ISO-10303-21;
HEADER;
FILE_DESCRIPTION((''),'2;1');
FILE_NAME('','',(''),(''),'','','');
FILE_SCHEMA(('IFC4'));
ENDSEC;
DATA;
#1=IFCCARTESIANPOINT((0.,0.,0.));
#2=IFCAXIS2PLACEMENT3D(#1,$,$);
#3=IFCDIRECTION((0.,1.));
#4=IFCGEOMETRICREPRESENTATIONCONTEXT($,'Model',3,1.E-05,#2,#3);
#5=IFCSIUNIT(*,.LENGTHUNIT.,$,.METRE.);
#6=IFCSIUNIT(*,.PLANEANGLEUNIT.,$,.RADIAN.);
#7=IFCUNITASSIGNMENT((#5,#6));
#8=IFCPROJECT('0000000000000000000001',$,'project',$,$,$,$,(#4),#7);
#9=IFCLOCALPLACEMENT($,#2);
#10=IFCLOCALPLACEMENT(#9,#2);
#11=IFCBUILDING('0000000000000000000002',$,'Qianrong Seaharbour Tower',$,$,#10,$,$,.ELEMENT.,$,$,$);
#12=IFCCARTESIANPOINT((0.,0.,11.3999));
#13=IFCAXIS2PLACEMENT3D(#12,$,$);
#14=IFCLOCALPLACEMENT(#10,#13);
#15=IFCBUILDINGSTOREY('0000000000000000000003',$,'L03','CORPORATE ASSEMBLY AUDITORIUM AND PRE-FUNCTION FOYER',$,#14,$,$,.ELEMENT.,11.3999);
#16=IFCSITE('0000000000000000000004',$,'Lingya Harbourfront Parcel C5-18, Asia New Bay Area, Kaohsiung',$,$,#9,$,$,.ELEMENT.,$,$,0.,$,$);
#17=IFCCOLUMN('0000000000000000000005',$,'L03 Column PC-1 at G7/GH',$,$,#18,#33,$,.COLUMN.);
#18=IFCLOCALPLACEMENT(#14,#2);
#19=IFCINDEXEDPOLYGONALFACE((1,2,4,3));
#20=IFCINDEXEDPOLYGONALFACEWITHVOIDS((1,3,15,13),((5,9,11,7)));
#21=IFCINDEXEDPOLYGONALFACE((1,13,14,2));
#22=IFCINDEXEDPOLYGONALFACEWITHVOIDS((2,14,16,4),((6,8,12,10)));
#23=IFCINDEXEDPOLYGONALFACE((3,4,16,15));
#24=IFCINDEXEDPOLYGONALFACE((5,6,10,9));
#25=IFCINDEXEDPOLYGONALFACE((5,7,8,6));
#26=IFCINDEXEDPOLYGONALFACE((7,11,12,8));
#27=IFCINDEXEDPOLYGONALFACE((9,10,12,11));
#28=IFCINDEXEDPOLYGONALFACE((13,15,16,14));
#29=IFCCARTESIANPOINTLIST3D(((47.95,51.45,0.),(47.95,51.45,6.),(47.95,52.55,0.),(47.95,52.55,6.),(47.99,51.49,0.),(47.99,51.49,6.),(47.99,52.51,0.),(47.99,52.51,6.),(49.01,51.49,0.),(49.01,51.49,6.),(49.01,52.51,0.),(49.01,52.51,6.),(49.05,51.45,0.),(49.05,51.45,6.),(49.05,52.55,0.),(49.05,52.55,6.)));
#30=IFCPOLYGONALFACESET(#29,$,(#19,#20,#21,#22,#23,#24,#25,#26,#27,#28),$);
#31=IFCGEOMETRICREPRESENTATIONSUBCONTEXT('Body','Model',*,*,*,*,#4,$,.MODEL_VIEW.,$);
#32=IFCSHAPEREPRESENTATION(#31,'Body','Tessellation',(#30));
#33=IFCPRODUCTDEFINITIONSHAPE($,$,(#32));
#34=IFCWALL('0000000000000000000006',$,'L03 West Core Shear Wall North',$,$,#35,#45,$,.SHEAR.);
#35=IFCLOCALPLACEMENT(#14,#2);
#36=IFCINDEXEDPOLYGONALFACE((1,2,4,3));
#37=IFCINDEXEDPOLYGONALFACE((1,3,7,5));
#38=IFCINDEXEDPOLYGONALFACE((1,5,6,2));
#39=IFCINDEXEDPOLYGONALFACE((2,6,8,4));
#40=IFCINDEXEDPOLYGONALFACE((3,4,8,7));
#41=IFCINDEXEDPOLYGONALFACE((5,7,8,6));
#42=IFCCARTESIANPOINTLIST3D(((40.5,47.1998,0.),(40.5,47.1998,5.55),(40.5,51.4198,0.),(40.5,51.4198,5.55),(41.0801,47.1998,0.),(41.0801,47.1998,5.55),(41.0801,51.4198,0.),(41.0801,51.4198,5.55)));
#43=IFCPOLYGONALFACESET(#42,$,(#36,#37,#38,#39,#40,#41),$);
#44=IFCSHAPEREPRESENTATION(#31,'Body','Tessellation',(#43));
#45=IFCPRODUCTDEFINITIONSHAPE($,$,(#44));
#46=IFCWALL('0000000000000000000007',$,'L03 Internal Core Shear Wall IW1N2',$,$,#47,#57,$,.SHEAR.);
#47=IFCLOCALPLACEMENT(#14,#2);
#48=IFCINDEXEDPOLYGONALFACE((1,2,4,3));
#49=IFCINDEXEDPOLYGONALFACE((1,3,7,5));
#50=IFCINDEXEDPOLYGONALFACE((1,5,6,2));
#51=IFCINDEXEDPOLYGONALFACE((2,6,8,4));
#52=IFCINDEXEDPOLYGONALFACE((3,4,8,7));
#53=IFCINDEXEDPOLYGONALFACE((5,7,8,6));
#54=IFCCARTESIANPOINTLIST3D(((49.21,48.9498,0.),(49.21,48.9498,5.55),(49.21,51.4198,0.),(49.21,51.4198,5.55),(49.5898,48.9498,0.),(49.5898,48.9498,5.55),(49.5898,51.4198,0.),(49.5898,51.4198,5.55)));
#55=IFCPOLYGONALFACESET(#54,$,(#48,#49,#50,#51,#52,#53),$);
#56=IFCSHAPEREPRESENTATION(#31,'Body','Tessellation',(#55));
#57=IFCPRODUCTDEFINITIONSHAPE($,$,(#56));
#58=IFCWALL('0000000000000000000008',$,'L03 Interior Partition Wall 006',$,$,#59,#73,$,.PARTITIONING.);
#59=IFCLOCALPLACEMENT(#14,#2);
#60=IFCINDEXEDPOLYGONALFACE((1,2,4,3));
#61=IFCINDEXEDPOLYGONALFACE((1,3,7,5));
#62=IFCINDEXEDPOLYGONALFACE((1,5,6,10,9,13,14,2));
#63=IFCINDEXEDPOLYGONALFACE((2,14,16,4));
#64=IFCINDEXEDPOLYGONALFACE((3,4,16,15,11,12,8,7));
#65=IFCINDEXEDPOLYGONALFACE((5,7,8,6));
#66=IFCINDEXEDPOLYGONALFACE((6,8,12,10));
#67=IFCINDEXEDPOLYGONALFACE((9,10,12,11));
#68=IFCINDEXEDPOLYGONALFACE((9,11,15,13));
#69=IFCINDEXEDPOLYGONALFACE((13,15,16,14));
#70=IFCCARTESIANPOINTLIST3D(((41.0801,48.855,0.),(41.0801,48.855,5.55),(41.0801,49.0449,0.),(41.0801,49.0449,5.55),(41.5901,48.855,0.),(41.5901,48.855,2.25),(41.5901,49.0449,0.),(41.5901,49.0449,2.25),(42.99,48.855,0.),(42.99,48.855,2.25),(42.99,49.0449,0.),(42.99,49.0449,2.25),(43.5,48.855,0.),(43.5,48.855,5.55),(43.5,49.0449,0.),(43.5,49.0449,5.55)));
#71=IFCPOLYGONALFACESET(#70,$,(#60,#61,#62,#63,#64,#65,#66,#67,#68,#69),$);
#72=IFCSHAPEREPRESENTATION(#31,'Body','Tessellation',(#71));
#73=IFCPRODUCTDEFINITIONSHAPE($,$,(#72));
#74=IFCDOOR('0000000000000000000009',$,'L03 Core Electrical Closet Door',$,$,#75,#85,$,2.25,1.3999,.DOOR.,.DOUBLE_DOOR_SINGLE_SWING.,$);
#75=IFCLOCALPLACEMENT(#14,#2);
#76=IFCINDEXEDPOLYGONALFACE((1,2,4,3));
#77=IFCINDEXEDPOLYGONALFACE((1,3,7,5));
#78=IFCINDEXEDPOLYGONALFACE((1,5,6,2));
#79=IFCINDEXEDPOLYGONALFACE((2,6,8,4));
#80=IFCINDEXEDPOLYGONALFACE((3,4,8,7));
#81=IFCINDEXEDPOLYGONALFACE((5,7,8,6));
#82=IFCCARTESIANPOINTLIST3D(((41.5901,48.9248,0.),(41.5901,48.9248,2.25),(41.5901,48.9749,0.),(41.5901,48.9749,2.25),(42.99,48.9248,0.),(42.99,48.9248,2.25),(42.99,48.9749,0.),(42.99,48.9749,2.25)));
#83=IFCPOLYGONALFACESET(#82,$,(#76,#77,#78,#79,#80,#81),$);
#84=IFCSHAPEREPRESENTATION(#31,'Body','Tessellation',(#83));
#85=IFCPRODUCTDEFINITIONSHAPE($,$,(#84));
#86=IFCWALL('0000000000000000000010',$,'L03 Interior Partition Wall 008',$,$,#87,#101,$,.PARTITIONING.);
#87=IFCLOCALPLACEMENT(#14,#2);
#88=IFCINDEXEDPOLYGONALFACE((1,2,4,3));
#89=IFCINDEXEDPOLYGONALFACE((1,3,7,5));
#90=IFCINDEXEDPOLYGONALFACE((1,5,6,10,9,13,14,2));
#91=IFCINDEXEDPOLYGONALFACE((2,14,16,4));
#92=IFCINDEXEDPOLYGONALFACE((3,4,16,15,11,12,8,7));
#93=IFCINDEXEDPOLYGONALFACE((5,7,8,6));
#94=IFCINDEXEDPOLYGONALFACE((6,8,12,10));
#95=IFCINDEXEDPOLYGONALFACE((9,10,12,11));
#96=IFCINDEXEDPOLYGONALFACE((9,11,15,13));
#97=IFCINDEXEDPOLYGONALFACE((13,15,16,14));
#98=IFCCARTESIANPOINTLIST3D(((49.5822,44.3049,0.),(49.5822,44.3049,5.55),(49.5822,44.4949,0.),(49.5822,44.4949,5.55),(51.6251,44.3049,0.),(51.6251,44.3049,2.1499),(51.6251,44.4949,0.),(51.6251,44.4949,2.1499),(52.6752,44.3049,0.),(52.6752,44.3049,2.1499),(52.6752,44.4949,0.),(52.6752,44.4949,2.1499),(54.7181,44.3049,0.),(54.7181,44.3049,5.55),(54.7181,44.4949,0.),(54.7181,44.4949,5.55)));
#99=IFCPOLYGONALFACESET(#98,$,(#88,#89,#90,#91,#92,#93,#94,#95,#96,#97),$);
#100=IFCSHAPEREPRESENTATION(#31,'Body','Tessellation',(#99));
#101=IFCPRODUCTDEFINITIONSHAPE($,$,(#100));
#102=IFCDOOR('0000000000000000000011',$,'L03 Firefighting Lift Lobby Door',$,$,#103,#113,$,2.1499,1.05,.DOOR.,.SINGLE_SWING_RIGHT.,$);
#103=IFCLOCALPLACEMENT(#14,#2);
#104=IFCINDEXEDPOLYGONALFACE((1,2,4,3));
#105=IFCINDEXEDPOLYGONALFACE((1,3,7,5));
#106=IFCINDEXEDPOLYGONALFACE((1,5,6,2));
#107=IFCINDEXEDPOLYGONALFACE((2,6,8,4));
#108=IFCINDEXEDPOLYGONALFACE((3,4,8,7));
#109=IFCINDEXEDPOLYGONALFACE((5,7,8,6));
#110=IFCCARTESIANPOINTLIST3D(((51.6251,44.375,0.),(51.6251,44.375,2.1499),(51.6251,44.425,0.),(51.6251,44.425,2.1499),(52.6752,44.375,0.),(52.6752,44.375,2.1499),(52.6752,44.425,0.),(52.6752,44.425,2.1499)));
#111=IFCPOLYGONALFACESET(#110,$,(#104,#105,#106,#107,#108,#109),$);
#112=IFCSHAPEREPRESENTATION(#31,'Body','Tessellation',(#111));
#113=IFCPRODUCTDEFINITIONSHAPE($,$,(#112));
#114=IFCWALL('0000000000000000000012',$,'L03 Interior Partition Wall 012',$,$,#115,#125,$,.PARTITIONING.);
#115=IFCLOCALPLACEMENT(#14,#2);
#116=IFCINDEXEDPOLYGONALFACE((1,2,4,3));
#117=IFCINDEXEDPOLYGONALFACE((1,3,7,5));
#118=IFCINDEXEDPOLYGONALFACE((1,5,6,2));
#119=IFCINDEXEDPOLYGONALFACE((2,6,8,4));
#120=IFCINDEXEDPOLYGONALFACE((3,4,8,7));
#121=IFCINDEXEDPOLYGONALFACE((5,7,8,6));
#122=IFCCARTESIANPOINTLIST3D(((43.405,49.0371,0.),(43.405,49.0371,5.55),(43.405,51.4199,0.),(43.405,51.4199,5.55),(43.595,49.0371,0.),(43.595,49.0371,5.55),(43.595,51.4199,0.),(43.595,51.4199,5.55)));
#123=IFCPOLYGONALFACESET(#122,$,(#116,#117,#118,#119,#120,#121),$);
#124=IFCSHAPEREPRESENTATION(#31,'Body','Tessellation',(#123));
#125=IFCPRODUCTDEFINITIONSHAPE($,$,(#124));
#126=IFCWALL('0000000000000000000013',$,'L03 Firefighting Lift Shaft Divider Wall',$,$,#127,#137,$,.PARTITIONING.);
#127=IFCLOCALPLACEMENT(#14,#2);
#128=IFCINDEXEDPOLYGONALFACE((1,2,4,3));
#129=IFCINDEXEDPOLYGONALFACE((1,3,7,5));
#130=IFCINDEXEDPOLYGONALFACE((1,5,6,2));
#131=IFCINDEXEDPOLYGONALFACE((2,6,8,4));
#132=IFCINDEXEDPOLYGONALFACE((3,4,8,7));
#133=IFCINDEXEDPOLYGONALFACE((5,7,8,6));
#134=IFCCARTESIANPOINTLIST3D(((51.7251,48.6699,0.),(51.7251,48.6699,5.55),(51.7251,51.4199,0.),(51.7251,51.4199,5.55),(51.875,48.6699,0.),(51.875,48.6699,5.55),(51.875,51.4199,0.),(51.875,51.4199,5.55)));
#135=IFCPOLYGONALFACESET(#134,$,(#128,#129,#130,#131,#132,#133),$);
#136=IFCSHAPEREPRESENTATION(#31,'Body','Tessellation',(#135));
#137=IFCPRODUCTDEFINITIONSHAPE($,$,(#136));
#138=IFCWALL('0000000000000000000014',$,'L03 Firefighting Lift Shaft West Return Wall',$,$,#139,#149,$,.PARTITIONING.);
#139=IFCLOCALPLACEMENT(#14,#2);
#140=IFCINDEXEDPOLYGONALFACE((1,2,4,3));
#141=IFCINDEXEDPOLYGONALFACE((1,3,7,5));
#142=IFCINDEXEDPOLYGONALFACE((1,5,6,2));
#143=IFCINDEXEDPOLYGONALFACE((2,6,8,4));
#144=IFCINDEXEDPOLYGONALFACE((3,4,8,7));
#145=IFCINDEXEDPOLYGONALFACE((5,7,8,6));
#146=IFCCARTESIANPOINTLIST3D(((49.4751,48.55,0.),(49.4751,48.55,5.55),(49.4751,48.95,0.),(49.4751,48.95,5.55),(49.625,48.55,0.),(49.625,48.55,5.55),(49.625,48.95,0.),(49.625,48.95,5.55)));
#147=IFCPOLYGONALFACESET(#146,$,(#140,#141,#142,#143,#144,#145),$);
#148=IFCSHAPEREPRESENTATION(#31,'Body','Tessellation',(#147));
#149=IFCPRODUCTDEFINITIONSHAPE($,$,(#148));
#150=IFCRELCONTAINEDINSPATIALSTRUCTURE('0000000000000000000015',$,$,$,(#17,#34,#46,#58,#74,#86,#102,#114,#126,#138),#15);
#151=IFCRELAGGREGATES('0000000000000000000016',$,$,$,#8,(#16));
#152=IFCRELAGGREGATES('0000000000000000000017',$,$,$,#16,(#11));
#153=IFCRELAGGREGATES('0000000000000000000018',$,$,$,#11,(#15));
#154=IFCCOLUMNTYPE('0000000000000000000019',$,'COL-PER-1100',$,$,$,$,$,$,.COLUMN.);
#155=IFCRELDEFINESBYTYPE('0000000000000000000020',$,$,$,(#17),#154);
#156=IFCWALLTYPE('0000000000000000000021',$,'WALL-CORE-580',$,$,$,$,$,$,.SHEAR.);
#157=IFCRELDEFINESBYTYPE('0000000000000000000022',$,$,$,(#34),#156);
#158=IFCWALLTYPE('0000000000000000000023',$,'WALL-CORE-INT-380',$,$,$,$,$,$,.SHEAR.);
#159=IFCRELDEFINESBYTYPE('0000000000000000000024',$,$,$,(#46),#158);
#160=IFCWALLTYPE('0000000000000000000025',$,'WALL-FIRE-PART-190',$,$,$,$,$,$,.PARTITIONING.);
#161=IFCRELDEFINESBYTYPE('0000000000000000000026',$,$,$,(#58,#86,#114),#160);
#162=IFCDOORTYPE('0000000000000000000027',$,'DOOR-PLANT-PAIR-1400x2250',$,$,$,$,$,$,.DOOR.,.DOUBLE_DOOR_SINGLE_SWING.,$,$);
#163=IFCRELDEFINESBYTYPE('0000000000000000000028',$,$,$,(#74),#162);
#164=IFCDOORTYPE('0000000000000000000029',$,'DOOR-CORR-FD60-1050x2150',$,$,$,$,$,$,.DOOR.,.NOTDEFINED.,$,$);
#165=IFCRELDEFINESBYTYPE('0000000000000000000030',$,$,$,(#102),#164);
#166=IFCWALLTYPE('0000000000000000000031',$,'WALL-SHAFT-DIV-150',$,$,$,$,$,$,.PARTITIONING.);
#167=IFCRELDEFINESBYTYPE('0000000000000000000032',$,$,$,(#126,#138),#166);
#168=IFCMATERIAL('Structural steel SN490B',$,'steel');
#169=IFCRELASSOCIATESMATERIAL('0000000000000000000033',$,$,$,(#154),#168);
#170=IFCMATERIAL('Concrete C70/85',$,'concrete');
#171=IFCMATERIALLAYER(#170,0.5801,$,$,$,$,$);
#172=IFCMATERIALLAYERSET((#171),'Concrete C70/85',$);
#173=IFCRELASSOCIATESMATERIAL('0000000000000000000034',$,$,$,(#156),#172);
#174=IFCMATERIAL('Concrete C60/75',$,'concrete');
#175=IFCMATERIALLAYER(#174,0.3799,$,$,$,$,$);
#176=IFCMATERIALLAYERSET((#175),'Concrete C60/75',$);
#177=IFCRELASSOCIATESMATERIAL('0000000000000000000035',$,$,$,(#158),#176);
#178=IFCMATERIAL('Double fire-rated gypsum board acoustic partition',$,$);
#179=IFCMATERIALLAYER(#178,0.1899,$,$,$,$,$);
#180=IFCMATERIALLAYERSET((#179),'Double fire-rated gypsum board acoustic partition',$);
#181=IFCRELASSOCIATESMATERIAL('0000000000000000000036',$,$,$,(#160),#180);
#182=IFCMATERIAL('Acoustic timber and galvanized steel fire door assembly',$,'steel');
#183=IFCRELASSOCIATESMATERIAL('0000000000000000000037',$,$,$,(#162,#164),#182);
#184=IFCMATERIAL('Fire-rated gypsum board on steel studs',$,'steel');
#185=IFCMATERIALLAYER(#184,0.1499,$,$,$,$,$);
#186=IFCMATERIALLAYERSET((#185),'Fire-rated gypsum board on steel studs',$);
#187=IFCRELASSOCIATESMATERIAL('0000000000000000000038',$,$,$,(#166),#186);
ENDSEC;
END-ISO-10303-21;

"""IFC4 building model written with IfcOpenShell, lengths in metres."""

from ifc_helpers import new_model, si_unit, direction, frame, frame_2d, origin, origin_2d, place, context, subcontext, project, spatial, rectangle, hollow_rectangle, extrude, material, layer, layer_set, material_profile, profile_set, type_object, element, fill, save


model = new_model("IFC4")

# Units and contexts
model_context = context("Model", 3, precision=1e-05, world=origin(), true_north=direction((0.0, 1.0)))
body_context = subcontext(model_context, "Body", "Model", "MODEL_VIEW")
ifc_project = project(units=[si_unit("LENGTHUNIT", "METRE"), si_unit("PLANEANGLEUNIT", "RADIAN")], contexts=[model_context])

# Site, building, storey
site_placement = place(None, origin())
site = spatial("IfcSite", under=ifc_project, at=site_placement, Name="Lingya Harbourfront Parcel C5-18, Asia New Bay Area, Kaohsiung", CompositionType="ELEMENT", RefElevation=0.0)
building_placement = place(site_placement, origin())
building = spatial("IfcBuilding", under=site, at=building_placement, Name="Qianrong Seaharbour Tower", CompositionType="ELEMENT")
storey_placement = place(building_placement, frame((0.0, 0.0, 11.3999)))
storey = spatial("IfcBuildingStorey", under=building, at=storey_placement, Name="L03", Description="CORPORATE ASSEMBLY AUDITORIUM AND PRE-FUNCTION FOYER", CompositionType="ELEMENT", Elevation=11.3999)

# Column
ifc_material_1 = material(Name="Structural steel SN490B", Category="steel")
ifc_material_profile = material_profile(ifc_material_1, hollow_rectangle(XDim=1.1001, YDim=1.1001, WallThickness=0.04, at=origin_2d()), Name="BOX1100x1100x40")
ifc_profile_set = profile_set([ifc_material_profile], Name="Structural steel SN490B")
column_type = type_object("IfcColumnType", Name="COL-PER-1100", PredefinedType="COLUMN", material=ifc_profile_set)
column_placement = place(storey_placement, frame((48.5, 52.0, 0.0), z_axis=(0.0, 0.0, 1.0), x_axis=(1.0, 0.0, 0.0)))
element("IfcColumn", 1, at=column_placement, inside=storey, type_object=column_type, Name="L03 Column PC-1 at G7/GH", PredefinedType="COLUMN", context=body_context, shape_type="SweptSolid", body=[
    extrude(hollow_rectangle(XDim=1.1001, YDim=1.1001, WallThickness=0.04, at=origin_2d()), origin(), (0.0, 0.0, 1.0), 6.0),
])

# Walls
ifc_material_2 = material(Name="Concrete C70/85", Category="concrete")
ifc_layer_1 = layer(ifc_material_2, 0.5801)
ifc_layer_set_1 = layer_set([ifc_layer_1], Name="Concrete C70/85")
wall_type_1 = type_object("IfcWallType", Name="WALL-CORE-580", PredefinedType="SHEAR", material=ifc_layer_set_1)
wall_1_placement = place(storey_placement, frame((40.79, 47.2, 0.0), z_axis=(0.0, 0.0, 1.0), x_axis=(0.0, 1.0, 0.0)))
element("IfcWall", 2, at=wall_1_placement, inside=storey, type_object=wall_type_1, Name="L03 West Core Shear Wall North", PredefinedType="SHEAR", context=body_context, shape_type="SweptSolid", body=[
    extrude(rectangle(XDim=4.22, YDim=0.5801, at=frame_2d((2.1099, 0.0))), origin(), (0.0, 0.0, 1.0), 5.55),
])
ifc_material_3 = material(Name="Concrete C60/75", Category="concrete")
ifc_layer_2 = layer(ifc_material_3, 0.3799)
ifc_layer_set_2 = layer_set([ifc_layer_2], Name="Concrete C60/75")
wall_type_2 = type_object("IfcWallType", Name="WALL-CORE-INT-380", PredefinedType="SHEAR", material=ifc_layer_set_2)
wall_2_placement = place(storey_placement, frame((49.3999, 48.95, 0.0), z_axis=(0.0, 0.0, 1.0), x_axis=(0.0, 1.0, 0.0)))
element("IfcWall", 3, at=wall_2_placement, inside=storey, type_object=wall_type_2, Name="L03 Internal Core Shear Wall IW1N2", PredefinedType="SHEAR", context=body_context, shape_type="SweptSolid", body=[
    extrude(rectangle(XDim=2.47, YDim=0.3799, at=frame_2d((1.2349, 0.0))), origin(), (0.0, 0.0, 1.0), 5.55),
])

# Walls, openings, doors
ifc_material_4 = material(Name="Double fire-rated gypsum board acoustic partition")
ifc_layer_3 = layer(ifc_material_4, 0.1899)
ifc_layer_set_3 = layer_set([ifc_layer_3], Name="Double fire-rated gypsum board acoustic partition")
wall_type_3 = type_object("IfcWallType", Name="WALL-FIRE-PART-190", PredefinedType="PARTITIONING", material=ifc_layer_set_3)
wall_3_placement = place(storey_placement, frame((41.0801, 48.95, 0.0), z_axis=(0.0, 0.0, 1.0), x_axis=(1.0, 0.0, 0.0)))
wall_3 = element("IfcWall", 4, at=wall_3_placement, inside=storey, type_object=wall_type_3, Name="L03 Interior Partition Wall 006", PredefinedType="PARTITIONING", context=body_context, shape_type="SweptSolid", body=[
    extrude(rectangle(XDim=2.4199, YDim=0.1899, at=frame_2d((1.21, 0.0))), origin(), (0.0, 0.0, 1.0), 5.55),
])
opening_1_placement = place(wall_3_placement, frame((0.51, 0.0, 0.0)))
opening_1 = element("IfcOpeningElement", 5, at=opening_1_placement, cuts=wall_3, PredefinedType="OPENING", context=body_context, shape_type="SweptSolid", body=[
    extrude(rectangle(XDim=1.3999, YDim=2.25, at=frame_2d((0.7, 1.125))), frame((0.0, 0.105, 0.0), z_axis=(0.0, -1.0, 0.0), x_axis=(1.0, 0.0, 0.0)), (0.0, 0.0, 1.0), 0.21),
])
ifc_material_5 = material(Name="Acoustic timber and galvanized steel fire door assembly", Category="steel")
door_type_1 = type_object("IfcDoorType", Name="DOOR-PLANT-PAIR-1400x2250", OperationType="DOUBLE_DOOR_SINGLE_SWING", PredefinedType="DOOR", material=ifc_material_5)
door_1_placement = place(opening_1_placement, origin())
door_1 = element("IfcDoor", 6, at=door_1_placement, inside=storey, type_object=door_type_1, Name="L03 Core Electrical Closet Door", OperationType="DOUBLE_DOOR_SINGLE_SWING", OverallHeight=2.25, OverallWidth=1.3999, PredefinedType="DOOR", context=body_context, shape_type="SweptSolid", body=[
    extrude(rectangle(XDim=1.3999, YDim=2.25, at=frame_2d((0.7, 1.125))), frame((0.0, 0.0249, 0.0), z_axis=(0.0, -1.0, 0.0), x_axis=(1.0, 0.0, 0.0)), (0.0, 0.0, 1.0), 0.05),
])
fill(opening_1, door_1)
wall_4_placement = place(storey_placement, frame((54.718, 44.3999, 0.0), z_axis=(0.0, 0.0, 1.0), x_axis=(-1.0, 0.0, 0.0)))
wall_4 = element("IfcWall", 7, at=wall_4_placement, inside=storey, type_object=wall_type_3, Name="L03 Interior Partition Wall 008", PredefinedType="PARTITIONING", context=body_context, shape_type="SweptSolid", body=[
    extrude(rectangle(XDim=5.136, YDim=0.1899, at=frame_2d((2.5679, 0.0))), origin(), (0.0, 0.0, 1.0), 5.55),
])
opening_2_placement = place(wall_4_placement, frame((2.043, 0.0, 0.0)))
opening_2 = element("IfcOpeningElement", 8, at=opening_2_placement, cuts=wall_4, PredefinedType="OPENING", context=body_context, shape_type="SweptSolid", body=[
    extrude(rectangle(XDim=1.05, YDim=2.1499, at=frame_2d((0.5249, 1.075))), frame((0.0, 0.105, 0.0), z_axis=(0.0, -1.0, 0.0), x_axis=(1.0, 0.0, 0.0)), (0.0, 0.0, 1.0), 0.21),
])
door_type_2 = type_object("IfcDoorType", Name="DOOR-CORR-FD60-1050x2150", OperationType="NOTDEFINED", PredefinedType="DOOR", material=ifc_material_5)
door_2_placement = place(opening_2_placement, origin())
door_2 = element("IfcDoor", 9, at=door_2_placement, inside=storey, type_object=door_type_2, Name="L03 Firefighting Lift Lobby Door", OperationType="SINGLE_SWING_RIGHT", OverallHeight=2.1499, OverallWidth=1.05, PredefinedType="DOOR", context=body_context, shape_type="SweptSolid", body=[
    extrude(rectangle(XDim=1.05, YDim=2.1499, at=frame_2d((0.5249, 1.075))), frame((0.0, 0.0249, 0.0), z_axis=(0.0, -1.0, 0.0), x_axis=(1.0, 0.0, 0.0)), (0.0, 0.0, 1.0), 0.05),
])
fill(opening_2, door_2)

# Walls
wall_5_placement = place(storey_placement, frame((43.5, 51.4199, 0.0), z_axis=(0.0, 0.0, 1.0), x_axis=(0.0, -1.0, 0.0)))
element("IfcWall", 10, at=wall_5_placement, inside=storey, type_object=wall_type_3, Name="L03 Interior Partition Wall 012", PredefinedType="PARTITIONING", context=body_context, shape_type="SweptSolid", body=[
    extrude(rectangle(XDim=2.3828, YDim=0.1899, at=frame_2d((1.1914, 0.0))), origin(), (0.0, 0.0, 1.0), 5.55),
])
ifc_material_6 = material(Name="Fire-rated gypsum board on steel studs", Category="steel")
ifc_layer_4 = layer(ifc_material_6, 0.1499)
ifc_layer_set_4 = layer_set([ifc_layer_4], Name="Fire-rated gypsum board on steel studs")
wall_type_4 = type_object("IfcWallType", Name="WALL-SHAFT-DIV-150", PredefinedType="PARTITIONING", material=ifc_layer_set_4)
wall_6_placement = place(storey_placement, frame((51.8, 48.6699, 0.0), z_axis=(0.0, 0.0, 1.0), x_axis=(0.0, 1.0, 0.0)))
element("IfcWall", 11, at=wall_6_placement, inside=storey, type_object=wall_type_4, Name="L03 Firefighting Lift Shaft Divider Wall", PredefinedType="PARTITIONING", context=body_context, shape_type="SweptSolid", body=[
    extrude(rectangle(XDim=2.75, YDim=0.1499, at=frame_2d((1.375, 0.0))), origin(), (0.0, 0.0, 1.0), 5.55),
])
wall_7_placement = place(storey_placement, frame((49.55, 48.55, 0.0), z_axis=(0.0, 0.0, 1.0), x_axis=(0.0, 1.0, 0.0)))
element("IfcWall", 12, at=wall_7_placement, inside=storey, type_object=wall_type_4, Name="L03 Firefighting Lift Shaft West Return Wall", PredefinedType="PARTITIONING", context=body_context, shape_type="SweptSolid", body=[
    extrude(rectangle(XDim=0.3999, YDim=0.1499, at=frame_2d((0.2, 0.0))), origin(), (0.0, 0.0, 1.0), 5.55),
])

save(model, "model.ifc")
